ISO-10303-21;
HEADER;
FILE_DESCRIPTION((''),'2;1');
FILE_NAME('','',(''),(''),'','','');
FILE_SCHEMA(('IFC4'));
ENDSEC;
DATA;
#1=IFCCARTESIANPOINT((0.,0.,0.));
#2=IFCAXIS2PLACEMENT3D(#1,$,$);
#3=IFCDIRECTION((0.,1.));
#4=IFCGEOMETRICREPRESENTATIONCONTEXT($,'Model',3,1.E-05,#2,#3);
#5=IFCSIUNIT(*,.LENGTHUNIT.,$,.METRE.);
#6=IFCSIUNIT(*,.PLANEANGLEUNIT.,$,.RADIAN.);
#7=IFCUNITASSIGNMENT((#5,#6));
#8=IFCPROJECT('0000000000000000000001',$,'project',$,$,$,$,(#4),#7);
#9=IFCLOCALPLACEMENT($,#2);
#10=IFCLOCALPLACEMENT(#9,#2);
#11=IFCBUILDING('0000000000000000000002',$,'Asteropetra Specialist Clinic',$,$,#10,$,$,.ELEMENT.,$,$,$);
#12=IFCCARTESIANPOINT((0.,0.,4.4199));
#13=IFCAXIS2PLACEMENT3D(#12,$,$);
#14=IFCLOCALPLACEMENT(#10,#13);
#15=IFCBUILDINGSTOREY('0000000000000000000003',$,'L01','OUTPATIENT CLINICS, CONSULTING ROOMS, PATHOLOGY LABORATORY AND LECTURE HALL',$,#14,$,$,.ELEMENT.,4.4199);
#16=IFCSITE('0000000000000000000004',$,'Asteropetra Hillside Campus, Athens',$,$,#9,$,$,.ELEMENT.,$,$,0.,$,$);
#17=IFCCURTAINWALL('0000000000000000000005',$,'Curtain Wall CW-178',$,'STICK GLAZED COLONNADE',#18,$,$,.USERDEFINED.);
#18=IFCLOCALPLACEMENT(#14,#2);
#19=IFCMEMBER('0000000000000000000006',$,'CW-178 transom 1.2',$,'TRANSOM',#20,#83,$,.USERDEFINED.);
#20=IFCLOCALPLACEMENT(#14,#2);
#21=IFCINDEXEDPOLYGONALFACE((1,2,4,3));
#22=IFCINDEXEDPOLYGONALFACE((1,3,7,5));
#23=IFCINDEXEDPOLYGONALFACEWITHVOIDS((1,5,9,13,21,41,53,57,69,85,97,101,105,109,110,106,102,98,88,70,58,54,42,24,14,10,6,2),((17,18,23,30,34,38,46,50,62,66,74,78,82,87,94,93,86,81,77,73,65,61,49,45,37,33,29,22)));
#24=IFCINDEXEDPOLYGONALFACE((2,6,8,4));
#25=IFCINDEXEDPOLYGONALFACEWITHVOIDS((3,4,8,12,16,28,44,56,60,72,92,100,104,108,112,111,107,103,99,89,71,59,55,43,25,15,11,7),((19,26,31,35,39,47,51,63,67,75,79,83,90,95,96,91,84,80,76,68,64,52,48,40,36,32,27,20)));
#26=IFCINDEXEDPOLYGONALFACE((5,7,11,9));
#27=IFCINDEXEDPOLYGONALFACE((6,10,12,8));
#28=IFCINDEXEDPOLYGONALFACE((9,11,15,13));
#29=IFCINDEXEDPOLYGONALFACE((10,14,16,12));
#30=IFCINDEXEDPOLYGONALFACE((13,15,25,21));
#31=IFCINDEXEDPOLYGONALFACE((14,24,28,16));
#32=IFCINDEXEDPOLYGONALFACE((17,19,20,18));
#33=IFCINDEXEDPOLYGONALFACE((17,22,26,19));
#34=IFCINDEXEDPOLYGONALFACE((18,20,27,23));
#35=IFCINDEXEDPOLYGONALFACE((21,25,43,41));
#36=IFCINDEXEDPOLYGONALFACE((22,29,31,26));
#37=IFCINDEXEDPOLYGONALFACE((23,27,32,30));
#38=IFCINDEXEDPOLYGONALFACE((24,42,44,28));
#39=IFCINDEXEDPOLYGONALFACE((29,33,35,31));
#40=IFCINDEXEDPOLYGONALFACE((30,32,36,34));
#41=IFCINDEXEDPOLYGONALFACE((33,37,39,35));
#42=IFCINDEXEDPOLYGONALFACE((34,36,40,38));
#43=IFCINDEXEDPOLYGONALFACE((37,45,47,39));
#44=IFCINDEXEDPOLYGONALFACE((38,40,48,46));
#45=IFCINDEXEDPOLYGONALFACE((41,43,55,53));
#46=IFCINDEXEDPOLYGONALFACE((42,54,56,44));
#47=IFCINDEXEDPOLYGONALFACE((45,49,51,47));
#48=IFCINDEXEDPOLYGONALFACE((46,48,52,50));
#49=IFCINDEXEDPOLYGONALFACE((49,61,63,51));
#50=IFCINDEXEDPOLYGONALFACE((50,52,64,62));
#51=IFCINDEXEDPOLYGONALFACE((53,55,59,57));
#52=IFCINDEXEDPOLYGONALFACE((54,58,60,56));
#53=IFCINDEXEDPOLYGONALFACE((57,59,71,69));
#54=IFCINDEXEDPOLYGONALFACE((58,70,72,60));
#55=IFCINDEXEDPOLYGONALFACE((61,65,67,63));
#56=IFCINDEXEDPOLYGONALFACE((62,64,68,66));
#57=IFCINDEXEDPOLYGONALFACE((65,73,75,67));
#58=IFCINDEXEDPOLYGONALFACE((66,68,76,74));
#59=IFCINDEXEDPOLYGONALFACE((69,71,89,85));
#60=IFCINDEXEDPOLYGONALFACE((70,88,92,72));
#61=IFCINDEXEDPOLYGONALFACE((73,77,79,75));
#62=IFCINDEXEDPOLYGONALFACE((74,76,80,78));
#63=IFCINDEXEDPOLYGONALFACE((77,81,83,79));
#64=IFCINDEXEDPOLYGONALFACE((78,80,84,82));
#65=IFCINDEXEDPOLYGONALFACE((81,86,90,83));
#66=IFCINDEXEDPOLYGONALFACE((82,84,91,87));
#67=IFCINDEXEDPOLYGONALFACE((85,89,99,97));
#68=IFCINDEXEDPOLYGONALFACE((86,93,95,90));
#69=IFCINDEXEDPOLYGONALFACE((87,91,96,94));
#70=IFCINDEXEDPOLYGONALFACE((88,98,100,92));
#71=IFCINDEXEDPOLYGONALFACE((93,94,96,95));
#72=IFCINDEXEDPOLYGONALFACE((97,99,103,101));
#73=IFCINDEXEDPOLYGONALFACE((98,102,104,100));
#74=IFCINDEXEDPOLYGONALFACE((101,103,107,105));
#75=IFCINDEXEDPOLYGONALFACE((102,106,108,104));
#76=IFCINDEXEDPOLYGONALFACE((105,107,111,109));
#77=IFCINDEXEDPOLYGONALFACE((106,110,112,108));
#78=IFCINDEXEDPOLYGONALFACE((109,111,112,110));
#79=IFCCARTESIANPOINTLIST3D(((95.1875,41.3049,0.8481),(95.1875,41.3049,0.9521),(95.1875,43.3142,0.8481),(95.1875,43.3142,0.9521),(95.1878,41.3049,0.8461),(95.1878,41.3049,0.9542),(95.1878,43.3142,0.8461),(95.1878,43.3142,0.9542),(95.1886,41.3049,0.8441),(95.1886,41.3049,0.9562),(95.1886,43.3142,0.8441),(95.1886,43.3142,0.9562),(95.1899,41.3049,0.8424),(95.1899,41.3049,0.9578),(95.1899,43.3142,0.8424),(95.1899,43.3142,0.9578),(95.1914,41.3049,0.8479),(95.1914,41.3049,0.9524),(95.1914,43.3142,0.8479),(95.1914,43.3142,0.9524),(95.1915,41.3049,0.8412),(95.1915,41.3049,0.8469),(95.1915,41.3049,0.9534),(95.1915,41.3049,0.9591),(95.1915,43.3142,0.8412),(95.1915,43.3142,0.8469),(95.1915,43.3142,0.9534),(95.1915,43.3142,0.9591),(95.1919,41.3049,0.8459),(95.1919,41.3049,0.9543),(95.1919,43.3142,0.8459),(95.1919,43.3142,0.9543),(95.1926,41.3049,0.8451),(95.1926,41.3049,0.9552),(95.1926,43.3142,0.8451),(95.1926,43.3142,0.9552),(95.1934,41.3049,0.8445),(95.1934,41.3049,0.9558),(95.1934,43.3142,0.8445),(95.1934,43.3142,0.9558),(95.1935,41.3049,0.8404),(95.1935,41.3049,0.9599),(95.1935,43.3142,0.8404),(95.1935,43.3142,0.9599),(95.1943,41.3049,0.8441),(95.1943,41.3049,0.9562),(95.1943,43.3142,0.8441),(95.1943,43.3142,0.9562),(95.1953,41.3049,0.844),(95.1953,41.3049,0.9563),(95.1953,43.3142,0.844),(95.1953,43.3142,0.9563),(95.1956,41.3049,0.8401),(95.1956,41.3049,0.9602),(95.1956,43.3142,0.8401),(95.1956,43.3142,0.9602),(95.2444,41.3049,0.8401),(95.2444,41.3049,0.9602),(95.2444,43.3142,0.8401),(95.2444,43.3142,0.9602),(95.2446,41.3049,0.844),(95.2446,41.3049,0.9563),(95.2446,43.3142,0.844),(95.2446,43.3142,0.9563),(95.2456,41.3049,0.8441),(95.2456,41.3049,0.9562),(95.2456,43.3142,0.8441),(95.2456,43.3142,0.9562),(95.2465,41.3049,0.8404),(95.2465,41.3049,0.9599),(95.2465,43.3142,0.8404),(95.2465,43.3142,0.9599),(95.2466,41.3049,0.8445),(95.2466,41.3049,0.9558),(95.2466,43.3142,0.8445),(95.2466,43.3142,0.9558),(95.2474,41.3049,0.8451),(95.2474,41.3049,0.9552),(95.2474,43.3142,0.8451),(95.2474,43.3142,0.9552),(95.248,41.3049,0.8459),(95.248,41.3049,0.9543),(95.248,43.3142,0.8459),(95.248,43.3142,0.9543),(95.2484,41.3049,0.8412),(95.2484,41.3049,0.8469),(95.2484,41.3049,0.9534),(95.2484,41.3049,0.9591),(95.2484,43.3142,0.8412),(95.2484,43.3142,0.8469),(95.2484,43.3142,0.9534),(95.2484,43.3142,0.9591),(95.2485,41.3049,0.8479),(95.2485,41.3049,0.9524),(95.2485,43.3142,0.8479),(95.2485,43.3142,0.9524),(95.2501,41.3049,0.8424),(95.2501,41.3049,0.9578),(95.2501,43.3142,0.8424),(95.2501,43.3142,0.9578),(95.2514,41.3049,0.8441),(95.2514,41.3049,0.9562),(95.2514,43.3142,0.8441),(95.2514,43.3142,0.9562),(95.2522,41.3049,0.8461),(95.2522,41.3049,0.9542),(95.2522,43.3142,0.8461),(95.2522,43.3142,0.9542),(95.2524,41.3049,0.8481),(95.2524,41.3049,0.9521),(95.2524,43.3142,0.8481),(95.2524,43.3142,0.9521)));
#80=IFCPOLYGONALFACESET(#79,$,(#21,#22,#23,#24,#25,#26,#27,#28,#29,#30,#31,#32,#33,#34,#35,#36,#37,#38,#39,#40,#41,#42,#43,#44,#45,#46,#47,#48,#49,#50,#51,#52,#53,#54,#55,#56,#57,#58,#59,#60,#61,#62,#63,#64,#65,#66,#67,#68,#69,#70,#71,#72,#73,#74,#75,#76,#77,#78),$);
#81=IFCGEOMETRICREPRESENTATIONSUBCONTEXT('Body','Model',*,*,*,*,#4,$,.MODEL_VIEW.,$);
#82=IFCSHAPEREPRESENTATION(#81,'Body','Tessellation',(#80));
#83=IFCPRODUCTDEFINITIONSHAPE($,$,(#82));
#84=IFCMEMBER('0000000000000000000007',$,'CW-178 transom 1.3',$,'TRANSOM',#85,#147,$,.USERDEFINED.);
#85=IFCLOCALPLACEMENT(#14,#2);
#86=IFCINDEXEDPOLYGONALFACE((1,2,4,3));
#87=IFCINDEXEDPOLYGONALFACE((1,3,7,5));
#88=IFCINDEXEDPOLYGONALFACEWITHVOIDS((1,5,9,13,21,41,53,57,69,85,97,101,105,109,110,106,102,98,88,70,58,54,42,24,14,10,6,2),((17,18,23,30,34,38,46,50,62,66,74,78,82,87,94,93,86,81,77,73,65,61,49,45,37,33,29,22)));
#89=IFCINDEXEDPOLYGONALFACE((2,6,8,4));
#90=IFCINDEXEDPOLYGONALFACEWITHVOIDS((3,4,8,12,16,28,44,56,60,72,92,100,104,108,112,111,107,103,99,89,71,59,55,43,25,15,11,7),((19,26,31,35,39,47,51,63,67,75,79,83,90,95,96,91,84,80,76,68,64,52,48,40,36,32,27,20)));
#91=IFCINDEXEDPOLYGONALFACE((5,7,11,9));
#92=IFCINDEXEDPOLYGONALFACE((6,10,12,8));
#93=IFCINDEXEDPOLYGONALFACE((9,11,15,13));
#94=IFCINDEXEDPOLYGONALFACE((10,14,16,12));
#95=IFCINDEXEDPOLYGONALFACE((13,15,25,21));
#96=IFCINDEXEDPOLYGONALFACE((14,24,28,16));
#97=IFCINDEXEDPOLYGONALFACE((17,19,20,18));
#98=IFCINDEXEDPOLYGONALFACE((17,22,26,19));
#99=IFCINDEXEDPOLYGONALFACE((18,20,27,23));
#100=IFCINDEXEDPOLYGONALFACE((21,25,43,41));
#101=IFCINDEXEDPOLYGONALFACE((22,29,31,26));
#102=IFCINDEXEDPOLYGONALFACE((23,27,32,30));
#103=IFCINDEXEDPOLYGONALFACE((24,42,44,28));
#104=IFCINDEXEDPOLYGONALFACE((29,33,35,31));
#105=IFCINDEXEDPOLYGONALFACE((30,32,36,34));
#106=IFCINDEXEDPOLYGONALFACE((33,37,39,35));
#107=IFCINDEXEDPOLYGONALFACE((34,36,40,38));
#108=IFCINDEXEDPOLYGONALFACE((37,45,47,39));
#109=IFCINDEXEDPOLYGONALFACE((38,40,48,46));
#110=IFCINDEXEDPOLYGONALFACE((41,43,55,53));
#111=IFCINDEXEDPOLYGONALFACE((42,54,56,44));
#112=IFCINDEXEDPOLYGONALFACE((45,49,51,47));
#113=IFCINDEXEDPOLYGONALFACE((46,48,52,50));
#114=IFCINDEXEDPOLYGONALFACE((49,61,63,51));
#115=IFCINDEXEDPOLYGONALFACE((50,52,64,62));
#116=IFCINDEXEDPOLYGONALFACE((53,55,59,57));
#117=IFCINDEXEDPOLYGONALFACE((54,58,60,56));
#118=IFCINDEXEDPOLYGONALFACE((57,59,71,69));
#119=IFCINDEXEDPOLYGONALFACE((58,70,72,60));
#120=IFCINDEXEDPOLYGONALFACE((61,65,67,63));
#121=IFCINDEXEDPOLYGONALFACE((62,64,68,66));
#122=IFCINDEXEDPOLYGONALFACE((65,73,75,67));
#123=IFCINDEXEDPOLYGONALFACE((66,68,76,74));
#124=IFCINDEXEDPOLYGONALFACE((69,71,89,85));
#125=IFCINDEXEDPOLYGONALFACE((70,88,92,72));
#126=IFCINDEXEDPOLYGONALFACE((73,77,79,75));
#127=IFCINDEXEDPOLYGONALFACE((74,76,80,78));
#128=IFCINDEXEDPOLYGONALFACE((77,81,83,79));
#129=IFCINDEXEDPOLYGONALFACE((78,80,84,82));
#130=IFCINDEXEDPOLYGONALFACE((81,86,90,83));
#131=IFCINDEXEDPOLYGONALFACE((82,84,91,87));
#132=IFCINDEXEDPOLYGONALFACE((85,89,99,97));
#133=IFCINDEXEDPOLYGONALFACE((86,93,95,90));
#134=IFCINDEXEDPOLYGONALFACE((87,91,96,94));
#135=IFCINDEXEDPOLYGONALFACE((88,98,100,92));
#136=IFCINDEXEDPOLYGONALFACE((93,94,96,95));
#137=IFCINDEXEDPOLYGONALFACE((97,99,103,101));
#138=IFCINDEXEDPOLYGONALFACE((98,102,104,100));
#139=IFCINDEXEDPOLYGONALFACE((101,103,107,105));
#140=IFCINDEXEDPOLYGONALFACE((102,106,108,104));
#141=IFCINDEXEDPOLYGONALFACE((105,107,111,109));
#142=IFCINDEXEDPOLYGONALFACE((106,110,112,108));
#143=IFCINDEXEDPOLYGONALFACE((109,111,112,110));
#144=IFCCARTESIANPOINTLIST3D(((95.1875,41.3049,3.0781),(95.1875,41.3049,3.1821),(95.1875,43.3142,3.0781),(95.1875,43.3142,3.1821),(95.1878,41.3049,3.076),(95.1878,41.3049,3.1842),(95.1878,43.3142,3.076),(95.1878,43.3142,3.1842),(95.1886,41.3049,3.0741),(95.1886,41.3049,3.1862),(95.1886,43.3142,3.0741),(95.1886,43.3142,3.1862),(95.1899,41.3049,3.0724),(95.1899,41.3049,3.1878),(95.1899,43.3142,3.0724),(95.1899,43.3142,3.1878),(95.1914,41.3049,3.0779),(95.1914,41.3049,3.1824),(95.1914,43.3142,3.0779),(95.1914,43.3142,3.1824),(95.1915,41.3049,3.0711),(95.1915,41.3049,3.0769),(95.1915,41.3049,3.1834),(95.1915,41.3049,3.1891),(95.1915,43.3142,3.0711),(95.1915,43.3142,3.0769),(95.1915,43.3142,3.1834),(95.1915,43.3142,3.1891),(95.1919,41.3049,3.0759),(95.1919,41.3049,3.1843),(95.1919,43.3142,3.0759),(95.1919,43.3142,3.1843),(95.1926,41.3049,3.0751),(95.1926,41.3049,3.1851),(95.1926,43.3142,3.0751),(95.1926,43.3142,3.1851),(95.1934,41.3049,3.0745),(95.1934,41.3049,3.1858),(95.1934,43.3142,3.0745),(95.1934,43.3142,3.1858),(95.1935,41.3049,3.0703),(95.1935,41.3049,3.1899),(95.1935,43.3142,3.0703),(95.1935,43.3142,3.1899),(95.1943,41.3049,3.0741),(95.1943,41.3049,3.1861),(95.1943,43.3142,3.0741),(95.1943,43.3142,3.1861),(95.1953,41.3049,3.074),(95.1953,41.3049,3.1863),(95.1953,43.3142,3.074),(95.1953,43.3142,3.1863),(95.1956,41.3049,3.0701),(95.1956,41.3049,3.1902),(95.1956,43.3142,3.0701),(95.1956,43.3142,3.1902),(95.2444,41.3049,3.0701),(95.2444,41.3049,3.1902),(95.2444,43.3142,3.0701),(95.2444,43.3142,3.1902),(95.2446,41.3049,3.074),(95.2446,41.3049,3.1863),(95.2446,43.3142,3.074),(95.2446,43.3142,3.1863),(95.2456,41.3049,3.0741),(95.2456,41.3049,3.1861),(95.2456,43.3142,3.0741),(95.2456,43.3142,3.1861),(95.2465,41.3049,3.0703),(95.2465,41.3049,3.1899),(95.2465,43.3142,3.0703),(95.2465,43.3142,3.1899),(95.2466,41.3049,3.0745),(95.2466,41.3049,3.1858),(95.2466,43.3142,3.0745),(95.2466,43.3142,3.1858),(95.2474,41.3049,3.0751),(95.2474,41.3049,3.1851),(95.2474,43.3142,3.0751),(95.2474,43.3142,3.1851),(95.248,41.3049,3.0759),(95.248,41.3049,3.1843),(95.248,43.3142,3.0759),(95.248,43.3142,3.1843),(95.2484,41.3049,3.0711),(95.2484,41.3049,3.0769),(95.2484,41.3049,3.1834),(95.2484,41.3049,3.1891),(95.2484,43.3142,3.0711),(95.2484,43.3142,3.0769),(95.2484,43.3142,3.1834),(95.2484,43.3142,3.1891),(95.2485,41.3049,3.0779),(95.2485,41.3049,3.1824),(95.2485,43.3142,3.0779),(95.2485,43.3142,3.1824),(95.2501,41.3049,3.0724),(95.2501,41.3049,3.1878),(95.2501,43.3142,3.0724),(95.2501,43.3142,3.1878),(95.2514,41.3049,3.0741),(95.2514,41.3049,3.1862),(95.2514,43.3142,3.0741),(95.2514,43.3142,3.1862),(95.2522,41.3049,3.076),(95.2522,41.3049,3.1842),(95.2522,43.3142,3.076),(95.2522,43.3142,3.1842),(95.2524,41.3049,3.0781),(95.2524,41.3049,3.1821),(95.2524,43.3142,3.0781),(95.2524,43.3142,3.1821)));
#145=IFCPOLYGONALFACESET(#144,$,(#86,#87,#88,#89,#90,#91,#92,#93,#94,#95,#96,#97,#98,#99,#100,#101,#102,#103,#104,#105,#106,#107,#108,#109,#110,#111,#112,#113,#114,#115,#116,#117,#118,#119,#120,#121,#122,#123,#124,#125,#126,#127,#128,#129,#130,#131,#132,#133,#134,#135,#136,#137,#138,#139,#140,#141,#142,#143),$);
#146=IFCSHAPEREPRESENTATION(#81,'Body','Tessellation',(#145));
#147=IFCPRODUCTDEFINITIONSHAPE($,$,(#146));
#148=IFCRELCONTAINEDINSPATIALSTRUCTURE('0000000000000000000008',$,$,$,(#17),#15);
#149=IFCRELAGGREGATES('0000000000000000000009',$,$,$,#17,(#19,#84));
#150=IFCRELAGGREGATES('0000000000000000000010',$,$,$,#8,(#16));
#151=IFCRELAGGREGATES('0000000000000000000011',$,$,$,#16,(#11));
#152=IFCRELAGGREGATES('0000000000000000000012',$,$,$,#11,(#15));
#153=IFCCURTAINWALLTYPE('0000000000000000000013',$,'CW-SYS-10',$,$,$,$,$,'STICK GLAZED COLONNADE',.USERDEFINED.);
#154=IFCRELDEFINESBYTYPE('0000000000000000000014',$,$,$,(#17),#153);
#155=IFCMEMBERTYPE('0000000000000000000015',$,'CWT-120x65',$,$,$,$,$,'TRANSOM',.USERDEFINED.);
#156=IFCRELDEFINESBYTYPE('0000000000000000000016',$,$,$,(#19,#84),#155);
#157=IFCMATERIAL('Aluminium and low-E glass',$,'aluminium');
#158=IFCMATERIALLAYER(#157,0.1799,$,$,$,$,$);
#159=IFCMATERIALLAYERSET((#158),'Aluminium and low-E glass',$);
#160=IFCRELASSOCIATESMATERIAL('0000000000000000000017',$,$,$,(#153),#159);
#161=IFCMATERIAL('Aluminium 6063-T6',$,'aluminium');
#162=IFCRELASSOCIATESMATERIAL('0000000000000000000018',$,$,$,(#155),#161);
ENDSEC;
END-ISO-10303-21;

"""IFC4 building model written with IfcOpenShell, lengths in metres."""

from ifc_helpers import new_model, si_unit, direction, frame, origin, origin_2d, place, context, subcontext, project, spatial, hollow_rectangle, extrude, material, layer, layer_set, material_profile, profile_set, type_object, element, aggregate, save


model = new_model("IFC4")

# Units and contexts
model_context = context("Model", 3, precision=1e-05, world=origin(), true_north=direction((0.0, 1.0)))
body_context = subcontext(model_context, "Body", "Model", "MODEL_VIEW")
ifc_project = project(units=[si_unit("LENGTHUNIT", "METRE"), si_unit("PLANEANGLEUNIT", "RADIAN")], contexts=[model_context])

# Site, building, storey
site_placement = place(None, origin())
site = spatial("IfcSite", under=ifc_project, at=site_placement, Name="Asteropetra Hillside Campus, Athens", CompositionType="ELEMENT", RefElevation=0.0)
building_placement = place(site_placement, origin())
building = spatial("IfcBuilding", under=site, at=building_placement, Name="Asteropetra Specialist Clinic", CompositionType="ELEMENT")
storey_placement = place(building_placement, frame((0.0, 0.0, 4.4199)))
storey = spatial("IfcBuildingStorey", under=building, at=storey_placement, Name="L01", Description="OUTPATIENT CLINICS, CONSULTING ROOMS, PATHOLOGY LABORATORY AND LECTURE HALL", CompositionType="ELEMENT", Elevation=4.4199)

# Curtain wall, members
ifc_material_1 = material(Name="Aluminium and low-E glass", Category="aluminium")
ifc_layer_1 = layer(ifc_material_1, 0.1799)
ifc_layer_set_1 = layer_set([ifc_layer_1], Name="Aluminium and low-E glass")
curtain_wall_type_1 = type_object("IfcCurtainWallType", Name="CW-SYS-10", ElementType="STICK GLAZED COLONNADE", PredefinedType="USERDEFINED", material=ifc_layer_set_1)
curtain_wall_1_placement = place(storey_placement, origin())
curtain_wall_1 = element("IfcCurtainWall", 1, at=curtain_wall_1_placement, inside=storey, type_object=curtain_wall_type_1, Name="Curtain Wall CW-178", ObjectType="STICK GLAZED COLONNADE", PredefinedType="USERDEFINED")
ifc_material_2 = material(Name="Aluminium 6063-T6", Category="aluminium")
ifc_material_profile_1 = material_profile(ifc_material_2, hollow_rectangle(XDim=0.0649, YDim=0.1201, WallThickness=0.0039, InnerFilletRadius=0.0039, OuterFilletRadius=0.0081, at=origin_2d()), Name="TRN 120x65x4.0")
ifc_profile_set_1 = profile_set([ifc_material_profile_1], Name="Aluminium 6063-T6")
member_type_1 = type_object("IfcMemberType", Name="CWT-120x65", ElementType="TRANSOM", PredefinedType="USERDEFINED", material=ifc_profile_set_1)
member_1_placement = place(storey_placement, frame((95.22, 41.3049, 0.9001), z_axis=(0.0, 1.0, 0.0), x_axis=(-1.0, 0.0, 0.0)))
member_1 = element("IfcMember", 2, at=member_1_placement, type_object=member_type_1, Name="CW-178 transom 1.2", ObjectType="TRANSOM", PredefinedType="USERDEFINED", context=body_context, shape_type="SweptSolid", body=[
    extrude(hollow_rectangle(XDim=0.0649, YDim=0.1201, WallThickness=0.0039, InnerFilletRadius=0.0039, OuterFilletRadius=0.0081, at=origin_2d()), origin(), (0.0, 0.0, 1.0), 2.0093),
])
member_2_placement = place(storey_placement, frame((95.22, 41.3049, 3.1301), z_axis=(0.0, 1.0, 0.0), x_axis=(-1.0, 0.0, 0.0)))
member_2 = element("IfcMember", 3, at=member_2_placement, type_object=member_type_1, Name="CW-178 transom 1.3", ObjectType="TRANSOM", PredefinedType="USERDEFINED", context=body_context, shape_type="SweptSolid", body=[
    extrude(hollow_rectangle(XDim=0.0649, YDim=0.1201, WallThickness=0.0039, InnerFilletRadius=0.0039, OuterFilletRadius=0.0081, at=origin_2d()), origin(), (0.0, 0.0, 1.0), 2.0093),
])

aggregate(curtain_wall_1, [member_1, member_2])

save(model, "model.ifc")
